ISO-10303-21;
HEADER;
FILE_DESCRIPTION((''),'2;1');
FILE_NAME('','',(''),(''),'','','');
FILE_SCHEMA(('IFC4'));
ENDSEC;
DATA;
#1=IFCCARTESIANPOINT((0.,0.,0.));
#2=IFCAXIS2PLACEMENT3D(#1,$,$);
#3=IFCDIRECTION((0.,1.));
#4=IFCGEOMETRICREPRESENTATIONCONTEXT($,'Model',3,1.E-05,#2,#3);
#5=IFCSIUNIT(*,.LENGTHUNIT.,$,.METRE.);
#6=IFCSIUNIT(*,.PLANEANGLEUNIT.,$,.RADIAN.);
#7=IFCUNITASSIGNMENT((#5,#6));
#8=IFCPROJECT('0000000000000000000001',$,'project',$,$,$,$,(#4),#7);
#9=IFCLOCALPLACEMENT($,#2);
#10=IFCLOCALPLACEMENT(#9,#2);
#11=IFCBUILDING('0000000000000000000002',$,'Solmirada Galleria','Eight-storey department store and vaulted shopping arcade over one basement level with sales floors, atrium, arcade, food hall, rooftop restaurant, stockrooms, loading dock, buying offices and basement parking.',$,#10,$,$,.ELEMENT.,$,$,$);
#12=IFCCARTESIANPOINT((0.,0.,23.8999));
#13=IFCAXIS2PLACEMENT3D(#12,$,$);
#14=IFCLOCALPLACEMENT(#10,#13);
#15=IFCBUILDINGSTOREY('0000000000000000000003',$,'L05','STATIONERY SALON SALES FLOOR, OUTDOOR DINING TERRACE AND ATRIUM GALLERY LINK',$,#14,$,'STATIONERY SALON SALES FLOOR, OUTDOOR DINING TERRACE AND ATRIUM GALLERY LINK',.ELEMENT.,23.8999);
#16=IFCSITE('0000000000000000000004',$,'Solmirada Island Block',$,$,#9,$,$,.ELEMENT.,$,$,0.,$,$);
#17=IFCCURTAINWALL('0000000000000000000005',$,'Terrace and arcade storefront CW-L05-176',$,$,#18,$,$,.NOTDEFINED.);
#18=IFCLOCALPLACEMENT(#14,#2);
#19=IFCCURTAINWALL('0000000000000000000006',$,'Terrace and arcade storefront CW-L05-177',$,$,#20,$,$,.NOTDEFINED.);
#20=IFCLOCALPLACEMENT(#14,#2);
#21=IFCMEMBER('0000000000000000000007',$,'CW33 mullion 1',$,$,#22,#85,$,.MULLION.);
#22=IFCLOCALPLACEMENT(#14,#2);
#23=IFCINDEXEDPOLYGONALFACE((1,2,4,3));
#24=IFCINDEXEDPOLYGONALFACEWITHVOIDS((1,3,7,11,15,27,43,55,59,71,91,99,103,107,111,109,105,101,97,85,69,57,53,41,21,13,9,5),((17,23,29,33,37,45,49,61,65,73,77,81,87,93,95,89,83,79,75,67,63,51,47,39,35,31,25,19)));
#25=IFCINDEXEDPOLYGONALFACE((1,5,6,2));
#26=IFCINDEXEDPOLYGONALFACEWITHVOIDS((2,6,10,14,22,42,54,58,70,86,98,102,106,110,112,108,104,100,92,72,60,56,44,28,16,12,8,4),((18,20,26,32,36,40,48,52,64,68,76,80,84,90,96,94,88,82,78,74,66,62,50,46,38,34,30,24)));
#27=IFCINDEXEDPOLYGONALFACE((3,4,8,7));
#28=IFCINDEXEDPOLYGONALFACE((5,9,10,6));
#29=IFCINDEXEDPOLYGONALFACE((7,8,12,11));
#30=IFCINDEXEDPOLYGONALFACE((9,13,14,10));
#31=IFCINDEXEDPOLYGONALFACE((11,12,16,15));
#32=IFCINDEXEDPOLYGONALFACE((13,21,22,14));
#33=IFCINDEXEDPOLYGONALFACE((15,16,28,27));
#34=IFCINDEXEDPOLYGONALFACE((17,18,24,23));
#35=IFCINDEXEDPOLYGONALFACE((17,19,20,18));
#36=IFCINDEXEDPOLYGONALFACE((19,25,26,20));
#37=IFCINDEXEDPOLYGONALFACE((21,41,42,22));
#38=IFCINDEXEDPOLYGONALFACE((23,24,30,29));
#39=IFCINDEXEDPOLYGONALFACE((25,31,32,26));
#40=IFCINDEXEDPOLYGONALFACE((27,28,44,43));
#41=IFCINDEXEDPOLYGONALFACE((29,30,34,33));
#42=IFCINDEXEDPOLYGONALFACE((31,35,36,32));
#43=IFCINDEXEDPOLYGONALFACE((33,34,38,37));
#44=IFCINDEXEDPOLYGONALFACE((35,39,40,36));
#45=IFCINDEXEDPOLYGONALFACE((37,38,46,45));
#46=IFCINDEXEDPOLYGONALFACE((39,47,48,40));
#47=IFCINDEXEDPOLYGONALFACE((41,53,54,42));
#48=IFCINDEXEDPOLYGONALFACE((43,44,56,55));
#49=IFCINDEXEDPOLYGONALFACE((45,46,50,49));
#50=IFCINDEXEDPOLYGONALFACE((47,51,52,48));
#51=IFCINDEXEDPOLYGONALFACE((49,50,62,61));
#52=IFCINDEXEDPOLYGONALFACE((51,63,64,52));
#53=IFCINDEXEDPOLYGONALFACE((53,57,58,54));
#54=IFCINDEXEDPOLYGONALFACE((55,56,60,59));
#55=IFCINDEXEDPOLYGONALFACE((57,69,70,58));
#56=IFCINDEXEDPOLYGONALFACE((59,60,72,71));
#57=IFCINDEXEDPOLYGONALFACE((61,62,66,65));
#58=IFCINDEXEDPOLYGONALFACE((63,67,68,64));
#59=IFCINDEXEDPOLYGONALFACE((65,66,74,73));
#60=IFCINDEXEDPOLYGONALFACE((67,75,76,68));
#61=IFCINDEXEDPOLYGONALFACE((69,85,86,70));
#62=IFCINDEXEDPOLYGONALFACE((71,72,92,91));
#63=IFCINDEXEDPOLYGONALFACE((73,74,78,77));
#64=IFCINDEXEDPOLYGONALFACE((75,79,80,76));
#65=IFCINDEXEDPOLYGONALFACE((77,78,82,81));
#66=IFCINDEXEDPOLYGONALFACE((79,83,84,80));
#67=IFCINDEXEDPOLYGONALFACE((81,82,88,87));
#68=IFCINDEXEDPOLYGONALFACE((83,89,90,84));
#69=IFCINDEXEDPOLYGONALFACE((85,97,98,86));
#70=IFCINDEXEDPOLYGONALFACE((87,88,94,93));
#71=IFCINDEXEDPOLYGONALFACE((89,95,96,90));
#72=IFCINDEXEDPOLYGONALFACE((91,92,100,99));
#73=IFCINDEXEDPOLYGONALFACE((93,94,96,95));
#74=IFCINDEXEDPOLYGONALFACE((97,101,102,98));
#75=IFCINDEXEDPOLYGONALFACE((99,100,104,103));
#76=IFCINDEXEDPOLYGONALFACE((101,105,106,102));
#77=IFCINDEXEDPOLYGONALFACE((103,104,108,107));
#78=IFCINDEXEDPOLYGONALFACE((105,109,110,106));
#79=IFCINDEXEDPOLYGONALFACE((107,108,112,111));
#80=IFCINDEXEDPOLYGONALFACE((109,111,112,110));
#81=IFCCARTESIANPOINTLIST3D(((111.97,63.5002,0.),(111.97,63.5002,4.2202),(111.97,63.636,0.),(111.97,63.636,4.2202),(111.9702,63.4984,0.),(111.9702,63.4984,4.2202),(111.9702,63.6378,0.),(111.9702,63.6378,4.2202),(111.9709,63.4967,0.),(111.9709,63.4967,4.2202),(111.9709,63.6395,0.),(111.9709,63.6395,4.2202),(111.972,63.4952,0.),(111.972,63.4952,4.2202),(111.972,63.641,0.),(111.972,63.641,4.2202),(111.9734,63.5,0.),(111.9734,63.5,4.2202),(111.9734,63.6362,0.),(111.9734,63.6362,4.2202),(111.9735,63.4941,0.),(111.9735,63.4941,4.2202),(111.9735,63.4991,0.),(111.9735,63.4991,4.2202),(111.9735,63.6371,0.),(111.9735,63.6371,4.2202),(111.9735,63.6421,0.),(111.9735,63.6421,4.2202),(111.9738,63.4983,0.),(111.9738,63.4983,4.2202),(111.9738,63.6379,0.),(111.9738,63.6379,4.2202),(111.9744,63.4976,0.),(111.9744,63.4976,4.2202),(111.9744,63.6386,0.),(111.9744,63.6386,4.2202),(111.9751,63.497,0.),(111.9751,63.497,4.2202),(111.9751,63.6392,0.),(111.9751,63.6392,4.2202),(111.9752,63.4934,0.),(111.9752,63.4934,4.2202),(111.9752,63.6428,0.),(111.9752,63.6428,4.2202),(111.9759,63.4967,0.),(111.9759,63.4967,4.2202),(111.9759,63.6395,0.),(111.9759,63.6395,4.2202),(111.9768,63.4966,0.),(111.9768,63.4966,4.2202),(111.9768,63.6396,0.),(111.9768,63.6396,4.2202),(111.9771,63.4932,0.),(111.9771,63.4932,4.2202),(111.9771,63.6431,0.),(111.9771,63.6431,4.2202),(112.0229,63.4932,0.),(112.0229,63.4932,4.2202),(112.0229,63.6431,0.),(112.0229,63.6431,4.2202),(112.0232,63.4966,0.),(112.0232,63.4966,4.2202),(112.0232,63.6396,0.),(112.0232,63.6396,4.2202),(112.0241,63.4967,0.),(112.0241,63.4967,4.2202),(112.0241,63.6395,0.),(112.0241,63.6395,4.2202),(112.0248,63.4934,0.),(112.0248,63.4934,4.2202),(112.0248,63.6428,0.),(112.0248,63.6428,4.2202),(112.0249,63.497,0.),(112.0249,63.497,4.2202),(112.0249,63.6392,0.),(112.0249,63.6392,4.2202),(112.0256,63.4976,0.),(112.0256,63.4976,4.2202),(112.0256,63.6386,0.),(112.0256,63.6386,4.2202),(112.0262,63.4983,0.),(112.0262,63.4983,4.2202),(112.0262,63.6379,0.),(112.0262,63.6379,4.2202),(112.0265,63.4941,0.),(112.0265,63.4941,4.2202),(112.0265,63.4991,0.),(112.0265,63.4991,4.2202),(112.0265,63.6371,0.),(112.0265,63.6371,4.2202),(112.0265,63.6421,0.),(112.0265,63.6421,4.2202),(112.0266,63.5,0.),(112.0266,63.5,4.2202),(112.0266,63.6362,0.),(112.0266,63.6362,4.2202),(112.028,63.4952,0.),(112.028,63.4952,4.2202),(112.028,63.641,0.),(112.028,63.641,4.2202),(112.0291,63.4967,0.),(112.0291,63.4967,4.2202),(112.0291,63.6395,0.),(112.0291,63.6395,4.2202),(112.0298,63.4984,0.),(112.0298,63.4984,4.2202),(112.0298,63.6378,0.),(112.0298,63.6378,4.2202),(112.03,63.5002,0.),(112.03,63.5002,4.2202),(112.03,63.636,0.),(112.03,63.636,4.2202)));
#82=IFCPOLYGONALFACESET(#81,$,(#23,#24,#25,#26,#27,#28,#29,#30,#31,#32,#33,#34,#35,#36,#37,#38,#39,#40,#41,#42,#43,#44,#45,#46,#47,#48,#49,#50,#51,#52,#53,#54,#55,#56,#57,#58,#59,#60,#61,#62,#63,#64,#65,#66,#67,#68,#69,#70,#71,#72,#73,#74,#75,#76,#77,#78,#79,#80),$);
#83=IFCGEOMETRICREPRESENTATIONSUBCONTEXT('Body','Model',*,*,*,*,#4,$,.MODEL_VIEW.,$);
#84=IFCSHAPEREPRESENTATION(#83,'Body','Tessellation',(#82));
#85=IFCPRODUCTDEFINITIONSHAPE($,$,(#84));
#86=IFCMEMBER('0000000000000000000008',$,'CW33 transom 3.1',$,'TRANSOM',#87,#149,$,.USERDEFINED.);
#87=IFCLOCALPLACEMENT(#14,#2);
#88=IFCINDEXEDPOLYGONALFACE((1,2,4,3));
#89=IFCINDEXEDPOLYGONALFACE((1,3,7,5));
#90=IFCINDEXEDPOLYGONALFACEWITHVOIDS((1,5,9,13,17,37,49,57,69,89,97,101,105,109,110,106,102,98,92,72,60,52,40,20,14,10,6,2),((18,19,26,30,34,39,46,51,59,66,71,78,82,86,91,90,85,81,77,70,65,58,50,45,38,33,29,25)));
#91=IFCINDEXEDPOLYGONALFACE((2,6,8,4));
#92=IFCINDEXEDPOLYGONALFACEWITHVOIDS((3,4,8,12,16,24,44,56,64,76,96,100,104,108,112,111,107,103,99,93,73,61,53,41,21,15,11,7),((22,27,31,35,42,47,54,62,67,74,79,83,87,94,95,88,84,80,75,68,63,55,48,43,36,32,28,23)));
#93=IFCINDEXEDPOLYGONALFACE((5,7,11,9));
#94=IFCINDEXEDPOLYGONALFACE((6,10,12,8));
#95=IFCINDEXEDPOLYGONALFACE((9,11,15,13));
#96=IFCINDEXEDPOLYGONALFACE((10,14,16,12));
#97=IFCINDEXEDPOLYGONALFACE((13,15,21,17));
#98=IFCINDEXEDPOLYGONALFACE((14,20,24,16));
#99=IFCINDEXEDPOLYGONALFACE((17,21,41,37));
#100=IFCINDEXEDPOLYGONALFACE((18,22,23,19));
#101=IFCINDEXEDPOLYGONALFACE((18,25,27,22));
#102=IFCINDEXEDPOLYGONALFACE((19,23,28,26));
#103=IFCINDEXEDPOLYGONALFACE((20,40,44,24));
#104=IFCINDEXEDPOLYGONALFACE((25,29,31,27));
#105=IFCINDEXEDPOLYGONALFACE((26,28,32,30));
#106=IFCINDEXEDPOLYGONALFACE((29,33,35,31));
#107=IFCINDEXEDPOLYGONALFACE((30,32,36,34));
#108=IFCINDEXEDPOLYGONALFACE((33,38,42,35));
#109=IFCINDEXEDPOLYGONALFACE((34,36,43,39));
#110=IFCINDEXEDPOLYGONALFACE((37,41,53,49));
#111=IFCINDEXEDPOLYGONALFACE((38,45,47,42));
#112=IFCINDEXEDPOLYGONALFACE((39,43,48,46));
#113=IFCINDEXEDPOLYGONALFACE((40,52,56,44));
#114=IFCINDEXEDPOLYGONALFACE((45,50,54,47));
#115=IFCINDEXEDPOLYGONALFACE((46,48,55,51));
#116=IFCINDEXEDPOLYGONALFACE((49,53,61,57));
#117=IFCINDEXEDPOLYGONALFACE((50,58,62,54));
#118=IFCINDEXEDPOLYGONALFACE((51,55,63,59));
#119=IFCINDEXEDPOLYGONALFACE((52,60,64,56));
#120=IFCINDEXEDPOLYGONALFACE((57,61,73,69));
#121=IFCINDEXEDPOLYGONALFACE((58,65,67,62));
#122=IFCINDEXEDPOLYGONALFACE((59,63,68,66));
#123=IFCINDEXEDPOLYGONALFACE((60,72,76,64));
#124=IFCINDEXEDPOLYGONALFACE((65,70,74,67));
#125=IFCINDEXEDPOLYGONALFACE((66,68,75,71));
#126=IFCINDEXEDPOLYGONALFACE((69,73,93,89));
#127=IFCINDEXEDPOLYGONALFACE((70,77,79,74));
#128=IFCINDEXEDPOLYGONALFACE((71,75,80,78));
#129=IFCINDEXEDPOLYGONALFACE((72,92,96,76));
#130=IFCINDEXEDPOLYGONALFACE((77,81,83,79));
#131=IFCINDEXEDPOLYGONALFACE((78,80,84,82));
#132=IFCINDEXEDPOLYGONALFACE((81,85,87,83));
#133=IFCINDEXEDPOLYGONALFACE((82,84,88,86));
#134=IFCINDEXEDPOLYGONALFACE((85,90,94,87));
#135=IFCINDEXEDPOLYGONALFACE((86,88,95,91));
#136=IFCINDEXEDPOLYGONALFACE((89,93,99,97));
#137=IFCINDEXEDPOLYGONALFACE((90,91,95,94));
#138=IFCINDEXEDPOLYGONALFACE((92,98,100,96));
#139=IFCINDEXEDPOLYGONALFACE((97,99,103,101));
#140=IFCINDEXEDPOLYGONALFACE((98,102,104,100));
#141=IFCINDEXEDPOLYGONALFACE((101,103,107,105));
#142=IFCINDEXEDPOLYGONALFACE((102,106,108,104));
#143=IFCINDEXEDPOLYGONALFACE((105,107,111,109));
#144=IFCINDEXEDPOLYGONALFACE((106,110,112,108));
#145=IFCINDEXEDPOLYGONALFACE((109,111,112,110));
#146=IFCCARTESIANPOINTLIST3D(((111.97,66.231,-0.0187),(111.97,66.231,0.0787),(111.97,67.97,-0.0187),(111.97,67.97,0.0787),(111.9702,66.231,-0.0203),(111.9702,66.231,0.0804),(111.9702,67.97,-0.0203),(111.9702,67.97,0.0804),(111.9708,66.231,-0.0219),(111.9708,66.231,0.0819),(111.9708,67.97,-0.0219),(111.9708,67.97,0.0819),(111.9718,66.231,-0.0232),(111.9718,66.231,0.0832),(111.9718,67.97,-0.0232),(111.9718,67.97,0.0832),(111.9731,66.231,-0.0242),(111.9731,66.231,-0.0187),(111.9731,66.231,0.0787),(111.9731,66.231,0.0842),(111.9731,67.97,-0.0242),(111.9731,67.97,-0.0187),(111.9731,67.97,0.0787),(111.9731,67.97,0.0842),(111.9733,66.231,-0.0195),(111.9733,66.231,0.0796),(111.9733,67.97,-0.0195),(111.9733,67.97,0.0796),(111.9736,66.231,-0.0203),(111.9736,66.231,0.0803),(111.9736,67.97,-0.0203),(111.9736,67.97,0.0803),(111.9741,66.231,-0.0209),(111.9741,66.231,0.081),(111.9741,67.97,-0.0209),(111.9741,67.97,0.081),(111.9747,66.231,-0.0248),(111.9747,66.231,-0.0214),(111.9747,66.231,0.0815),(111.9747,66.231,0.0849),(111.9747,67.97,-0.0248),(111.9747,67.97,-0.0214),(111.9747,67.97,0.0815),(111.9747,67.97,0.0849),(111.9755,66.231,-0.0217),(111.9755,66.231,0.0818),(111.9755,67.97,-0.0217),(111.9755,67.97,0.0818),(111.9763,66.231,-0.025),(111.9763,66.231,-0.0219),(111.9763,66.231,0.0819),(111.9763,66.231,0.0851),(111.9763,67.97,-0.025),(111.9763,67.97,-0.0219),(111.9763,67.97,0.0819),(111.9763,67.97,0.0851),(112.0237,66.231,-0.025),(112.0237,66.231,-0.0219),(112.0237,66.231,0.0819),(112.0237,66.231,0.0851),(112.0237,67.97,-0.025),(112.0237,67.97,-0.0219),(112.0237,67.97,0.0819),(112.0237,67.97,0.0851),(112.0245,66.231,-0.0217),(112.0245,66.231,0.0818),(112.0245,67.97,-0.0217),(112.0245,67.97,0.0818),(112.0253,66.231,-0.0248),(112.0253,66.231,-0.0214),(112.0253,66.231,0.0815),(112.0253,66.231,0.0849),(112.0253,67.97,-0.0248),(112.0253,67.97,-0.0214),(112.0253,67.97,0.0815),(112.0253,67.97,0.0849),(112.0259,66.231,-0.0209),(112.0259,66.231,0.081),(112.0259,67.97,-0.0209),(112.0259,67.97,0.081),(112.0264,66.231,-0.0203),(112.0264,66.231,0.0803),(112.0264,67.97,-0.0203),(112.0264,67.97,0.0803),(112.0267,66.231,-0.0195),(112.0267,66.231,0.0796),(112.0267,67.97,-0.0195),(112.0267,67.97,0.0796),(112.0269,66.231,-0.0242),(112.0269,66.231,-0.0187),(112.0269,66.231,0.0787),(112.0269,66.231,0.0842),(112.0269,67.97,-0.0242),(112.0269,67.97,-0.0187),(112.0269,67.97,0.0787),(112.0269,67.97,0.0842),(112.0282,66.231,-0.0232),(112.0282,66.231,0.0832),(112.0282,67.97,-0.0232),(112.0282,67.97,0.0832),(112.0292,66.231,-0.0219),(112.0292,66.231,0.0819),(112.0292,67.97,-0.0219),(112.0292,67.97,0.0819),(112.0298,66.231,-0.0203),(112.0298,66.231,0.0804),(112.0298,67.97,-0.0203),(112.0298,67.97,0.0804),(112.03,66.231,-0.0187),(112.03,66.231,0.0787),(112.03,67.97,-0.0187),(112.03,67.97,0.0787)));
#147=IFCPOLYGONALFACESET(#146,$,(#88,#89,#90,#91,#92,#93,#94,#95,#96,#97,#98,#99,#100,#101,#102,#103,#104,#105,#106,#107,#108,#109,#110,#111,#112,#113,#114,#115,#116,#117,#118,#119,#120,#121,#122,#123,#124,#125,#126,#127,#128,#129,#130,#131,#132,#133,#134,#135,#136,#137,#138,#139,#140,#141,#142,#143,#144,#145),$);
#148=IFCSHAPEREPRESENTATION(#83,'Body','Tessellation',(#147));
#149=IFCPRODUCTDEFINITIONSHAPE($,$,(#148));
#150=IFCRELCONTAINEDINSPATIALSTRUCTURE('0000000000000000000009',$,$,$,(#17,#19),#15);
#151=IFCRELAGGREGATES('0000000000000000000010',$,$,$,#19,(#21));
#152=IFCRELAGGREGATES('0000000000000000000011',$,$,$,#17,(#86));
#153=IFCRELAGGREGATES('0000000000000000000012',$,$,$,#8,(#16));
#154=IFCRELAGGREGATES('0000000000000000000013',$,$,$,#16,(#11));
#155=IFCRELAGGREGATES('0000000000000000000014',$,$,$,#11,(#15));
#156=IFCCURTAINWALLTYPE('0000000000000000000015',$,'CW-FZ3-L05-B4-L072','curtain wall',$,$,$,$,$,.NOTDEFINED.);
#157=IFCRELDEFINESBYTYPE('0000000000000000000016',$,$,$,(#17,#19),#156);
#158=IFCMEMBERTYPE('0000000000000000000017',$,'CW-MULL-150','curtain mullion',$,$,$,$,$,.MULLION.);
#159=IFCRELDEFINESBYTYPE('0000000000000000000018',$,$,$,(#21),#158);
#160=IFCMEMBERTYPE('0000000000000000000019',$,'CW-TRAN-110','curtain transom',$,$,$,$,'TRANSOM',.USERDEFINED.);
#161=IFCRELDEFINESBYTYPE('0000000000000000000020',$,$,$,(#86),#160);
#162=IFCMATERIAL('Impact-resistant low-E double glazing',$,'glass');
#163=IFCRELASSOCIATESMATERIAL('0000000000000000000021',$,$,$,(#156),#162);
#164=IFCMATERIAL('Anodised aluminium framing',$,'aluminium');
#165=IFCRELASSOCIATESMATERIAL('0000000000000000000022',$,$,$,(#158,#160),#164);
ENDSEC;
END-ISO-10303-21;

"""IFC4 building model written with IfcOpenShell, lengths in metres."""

from ifc_helpers import new_model, si_unit, direction, frame, origin, origin_2d, place, context, subcontext, project, spatial, hollow_rectangle, extrude, material, material_profile, profile_set, type_object, element, aggregate, save


model = new_model("IFC4")

# Units and contexts
model_context = context("Model", 3, precision=1e-05, world=origin(), true_north=direction((0.0, 1.0)))
body_context = subcontext(model_context, "Body", "Model", "MODEL_VIEW")
ifc_project = project(units=[si_unit("LENGTHUNIT", "METRE"), si_unit("PLANEANGLEUNIT", "RADIAN")], contexts=[model_context])

# Site, building, storey
site_placement = place(None, origin())
site = spatial("IfcSite", under=ifc_project, at=site_placement, Name="Solmirada Island Block", CompositionType="ELEMENT", RefElevation=0.0)
building_placement = place(site_placement, origin())
building = spatial("IfcBuilding", under=site, at=building_placement, Name="Solmirada Galleria", Description="Eight-storey department store and vaulted shopping arcade over one basement level with sales floors, atrium, arcade, food hall, rooftop restaurant, stockrooms, loading dock, buying offices and basement parking.", CompositionType="ELEMENT")
storey_placement = place(building_placement, frame((0.0, 0.0, 23.8999)))
storey = spatial("IfcBuildingStorey", under=building, at=storey_placement, Name="L05", Description="STATIONERY SALON SALES FLOOR, OUTDOOR DINING TERRACE AND ATRIUM GALLERY LINK", LongName="STATIONERY SALON SALES FLOOR, OUTDOOR DINING TERRACE AND ATRIUM GALLERY LINK", CompositionType="ELEMENT", Elevation=23.8999)

# Curtain wall
ifc_material_1 = material(Name="Impact-resistant low-E double glazing", Category="glass")
curtain_wall_type = type_object("IfcCurtainWallType", Name="CW-FZ3-L05-B4-L072", Description="curtain wall", PredefinedType="NOTDEFINED", material=ifc_material_1)
curtain_wall_1_placement = place(storey_placement, origin())
curtain_wall_1 = element("IfcCurtainWall", 1, at=curtain_wall_1_placement, inside=storey, type_object=curtain_wall_type, Name="Terrace and arcade storefront CW-L05-176", PredefinedType="NOTDEFINED")
ifc_material_2 = material(Name="Anodised aluminium framing", Category="aluminium")
ifc_material_profile_1 = material_profile(ifc_material_2, hollow_rectangle(XDim=0.0601, YDim=0.1499, WallThickness=0.0034, InnerFilletRadius=0.0034, OuterFilletRadius=0.0071, at=origin_2d()), Name="ALU-MULL-150X60")
ifc_profile_set_1 = profile_set([ifc_material_profile_1], Name="Anodised aluminium framing")
member_type_1 = type_object("IfcMemberType", Name="CW-MULL-150", Description="curtain mullion", PredefinedType="MULLION", material=ifc_profile_set_1)

# Curtain wall, member
curtain_wall_2_placement = place(storey_placement, origin())
curtain_wall_2 = element("IfcCurtainWall", 2, at=curtain_wall_2_placement, inside=storey, type_object=curtain_wall_type, Name="Terrace and arcade storefront CW-L05-177", PredefinedType="NOTDEFINED")
member_1_placement = place(storey_placement, frame((112.0, 63.5681, 0.0), z_axis=(0.0, 0.0, 1.0), x_axis=(1.0, 0.0, 0.0)))
member_1 = element("IfcMember", 3, at=member_1_placement, type_object=member_type_1, Name="CW33 mullion 1", PredefinedType="MULLION", context=body_context, shape_type="SweptSolid", body=[
    extrude(hollow_rectangle(XDim=0.0601, YDim=0.1499, WallThickness=0.0034, InnerFilletRadius=0.0034, OuterFilletRadius=0.0071, at=origin_2d()), origin(), (0.0, 0.0, 1.0), 4.2202),
])

# Member
ifc_material_profile_2 = material_profile(ifc_material_2, hollow_rectangle(XDim=0.0601, YDim=0.1101, WallThickness=0.0032, InnerFilletRadius=0.0032, OuterFilletRadius=0.0063, at=origin_2d()), Name="ALU-TRAN-110X60")
ifc_profile_set_2 = profile_set([ifc_material_profile_2], Name="Anodised aluminium framing")
member_type_2 = type_object("IfcMemberType", Name="CW-TRAN-110", Description="curtain transom", ElementType="TRANSOM", PredefinedType="USERDEFINED", material=ifc_profile_set_2)
member_2_placement = place(storey_placement, frame((112.0, 67.97, 0.03), z_axis=(0.0, -1.0, 0.0), x_axis=(1.0, 0.0, 0.0)))
member_2 = element("IfcMember", 4, at=member_2_placement, type_object=member_type_2, Name="CW33 transom 3.1", ObjectType="TRANSOM", PredefinedType="USERDEFINED", context=body_context, shape_type="SweptSolid", body=[
    extrude(hollow_rectangle(XDim=0.0601, YDim=0.1101, WallThickness=0.0032, InnerFilletRadius=0.0032, OuterFilletRadius=0.0063, at=origin_2d()), origin(), (0.0, 0.0, 1.0), 1.739),
])
aggregate(curtain_wall_2, [member_1])

aggregate(curtain_wall_1, [member_2])

save(model, "model.ifc")
